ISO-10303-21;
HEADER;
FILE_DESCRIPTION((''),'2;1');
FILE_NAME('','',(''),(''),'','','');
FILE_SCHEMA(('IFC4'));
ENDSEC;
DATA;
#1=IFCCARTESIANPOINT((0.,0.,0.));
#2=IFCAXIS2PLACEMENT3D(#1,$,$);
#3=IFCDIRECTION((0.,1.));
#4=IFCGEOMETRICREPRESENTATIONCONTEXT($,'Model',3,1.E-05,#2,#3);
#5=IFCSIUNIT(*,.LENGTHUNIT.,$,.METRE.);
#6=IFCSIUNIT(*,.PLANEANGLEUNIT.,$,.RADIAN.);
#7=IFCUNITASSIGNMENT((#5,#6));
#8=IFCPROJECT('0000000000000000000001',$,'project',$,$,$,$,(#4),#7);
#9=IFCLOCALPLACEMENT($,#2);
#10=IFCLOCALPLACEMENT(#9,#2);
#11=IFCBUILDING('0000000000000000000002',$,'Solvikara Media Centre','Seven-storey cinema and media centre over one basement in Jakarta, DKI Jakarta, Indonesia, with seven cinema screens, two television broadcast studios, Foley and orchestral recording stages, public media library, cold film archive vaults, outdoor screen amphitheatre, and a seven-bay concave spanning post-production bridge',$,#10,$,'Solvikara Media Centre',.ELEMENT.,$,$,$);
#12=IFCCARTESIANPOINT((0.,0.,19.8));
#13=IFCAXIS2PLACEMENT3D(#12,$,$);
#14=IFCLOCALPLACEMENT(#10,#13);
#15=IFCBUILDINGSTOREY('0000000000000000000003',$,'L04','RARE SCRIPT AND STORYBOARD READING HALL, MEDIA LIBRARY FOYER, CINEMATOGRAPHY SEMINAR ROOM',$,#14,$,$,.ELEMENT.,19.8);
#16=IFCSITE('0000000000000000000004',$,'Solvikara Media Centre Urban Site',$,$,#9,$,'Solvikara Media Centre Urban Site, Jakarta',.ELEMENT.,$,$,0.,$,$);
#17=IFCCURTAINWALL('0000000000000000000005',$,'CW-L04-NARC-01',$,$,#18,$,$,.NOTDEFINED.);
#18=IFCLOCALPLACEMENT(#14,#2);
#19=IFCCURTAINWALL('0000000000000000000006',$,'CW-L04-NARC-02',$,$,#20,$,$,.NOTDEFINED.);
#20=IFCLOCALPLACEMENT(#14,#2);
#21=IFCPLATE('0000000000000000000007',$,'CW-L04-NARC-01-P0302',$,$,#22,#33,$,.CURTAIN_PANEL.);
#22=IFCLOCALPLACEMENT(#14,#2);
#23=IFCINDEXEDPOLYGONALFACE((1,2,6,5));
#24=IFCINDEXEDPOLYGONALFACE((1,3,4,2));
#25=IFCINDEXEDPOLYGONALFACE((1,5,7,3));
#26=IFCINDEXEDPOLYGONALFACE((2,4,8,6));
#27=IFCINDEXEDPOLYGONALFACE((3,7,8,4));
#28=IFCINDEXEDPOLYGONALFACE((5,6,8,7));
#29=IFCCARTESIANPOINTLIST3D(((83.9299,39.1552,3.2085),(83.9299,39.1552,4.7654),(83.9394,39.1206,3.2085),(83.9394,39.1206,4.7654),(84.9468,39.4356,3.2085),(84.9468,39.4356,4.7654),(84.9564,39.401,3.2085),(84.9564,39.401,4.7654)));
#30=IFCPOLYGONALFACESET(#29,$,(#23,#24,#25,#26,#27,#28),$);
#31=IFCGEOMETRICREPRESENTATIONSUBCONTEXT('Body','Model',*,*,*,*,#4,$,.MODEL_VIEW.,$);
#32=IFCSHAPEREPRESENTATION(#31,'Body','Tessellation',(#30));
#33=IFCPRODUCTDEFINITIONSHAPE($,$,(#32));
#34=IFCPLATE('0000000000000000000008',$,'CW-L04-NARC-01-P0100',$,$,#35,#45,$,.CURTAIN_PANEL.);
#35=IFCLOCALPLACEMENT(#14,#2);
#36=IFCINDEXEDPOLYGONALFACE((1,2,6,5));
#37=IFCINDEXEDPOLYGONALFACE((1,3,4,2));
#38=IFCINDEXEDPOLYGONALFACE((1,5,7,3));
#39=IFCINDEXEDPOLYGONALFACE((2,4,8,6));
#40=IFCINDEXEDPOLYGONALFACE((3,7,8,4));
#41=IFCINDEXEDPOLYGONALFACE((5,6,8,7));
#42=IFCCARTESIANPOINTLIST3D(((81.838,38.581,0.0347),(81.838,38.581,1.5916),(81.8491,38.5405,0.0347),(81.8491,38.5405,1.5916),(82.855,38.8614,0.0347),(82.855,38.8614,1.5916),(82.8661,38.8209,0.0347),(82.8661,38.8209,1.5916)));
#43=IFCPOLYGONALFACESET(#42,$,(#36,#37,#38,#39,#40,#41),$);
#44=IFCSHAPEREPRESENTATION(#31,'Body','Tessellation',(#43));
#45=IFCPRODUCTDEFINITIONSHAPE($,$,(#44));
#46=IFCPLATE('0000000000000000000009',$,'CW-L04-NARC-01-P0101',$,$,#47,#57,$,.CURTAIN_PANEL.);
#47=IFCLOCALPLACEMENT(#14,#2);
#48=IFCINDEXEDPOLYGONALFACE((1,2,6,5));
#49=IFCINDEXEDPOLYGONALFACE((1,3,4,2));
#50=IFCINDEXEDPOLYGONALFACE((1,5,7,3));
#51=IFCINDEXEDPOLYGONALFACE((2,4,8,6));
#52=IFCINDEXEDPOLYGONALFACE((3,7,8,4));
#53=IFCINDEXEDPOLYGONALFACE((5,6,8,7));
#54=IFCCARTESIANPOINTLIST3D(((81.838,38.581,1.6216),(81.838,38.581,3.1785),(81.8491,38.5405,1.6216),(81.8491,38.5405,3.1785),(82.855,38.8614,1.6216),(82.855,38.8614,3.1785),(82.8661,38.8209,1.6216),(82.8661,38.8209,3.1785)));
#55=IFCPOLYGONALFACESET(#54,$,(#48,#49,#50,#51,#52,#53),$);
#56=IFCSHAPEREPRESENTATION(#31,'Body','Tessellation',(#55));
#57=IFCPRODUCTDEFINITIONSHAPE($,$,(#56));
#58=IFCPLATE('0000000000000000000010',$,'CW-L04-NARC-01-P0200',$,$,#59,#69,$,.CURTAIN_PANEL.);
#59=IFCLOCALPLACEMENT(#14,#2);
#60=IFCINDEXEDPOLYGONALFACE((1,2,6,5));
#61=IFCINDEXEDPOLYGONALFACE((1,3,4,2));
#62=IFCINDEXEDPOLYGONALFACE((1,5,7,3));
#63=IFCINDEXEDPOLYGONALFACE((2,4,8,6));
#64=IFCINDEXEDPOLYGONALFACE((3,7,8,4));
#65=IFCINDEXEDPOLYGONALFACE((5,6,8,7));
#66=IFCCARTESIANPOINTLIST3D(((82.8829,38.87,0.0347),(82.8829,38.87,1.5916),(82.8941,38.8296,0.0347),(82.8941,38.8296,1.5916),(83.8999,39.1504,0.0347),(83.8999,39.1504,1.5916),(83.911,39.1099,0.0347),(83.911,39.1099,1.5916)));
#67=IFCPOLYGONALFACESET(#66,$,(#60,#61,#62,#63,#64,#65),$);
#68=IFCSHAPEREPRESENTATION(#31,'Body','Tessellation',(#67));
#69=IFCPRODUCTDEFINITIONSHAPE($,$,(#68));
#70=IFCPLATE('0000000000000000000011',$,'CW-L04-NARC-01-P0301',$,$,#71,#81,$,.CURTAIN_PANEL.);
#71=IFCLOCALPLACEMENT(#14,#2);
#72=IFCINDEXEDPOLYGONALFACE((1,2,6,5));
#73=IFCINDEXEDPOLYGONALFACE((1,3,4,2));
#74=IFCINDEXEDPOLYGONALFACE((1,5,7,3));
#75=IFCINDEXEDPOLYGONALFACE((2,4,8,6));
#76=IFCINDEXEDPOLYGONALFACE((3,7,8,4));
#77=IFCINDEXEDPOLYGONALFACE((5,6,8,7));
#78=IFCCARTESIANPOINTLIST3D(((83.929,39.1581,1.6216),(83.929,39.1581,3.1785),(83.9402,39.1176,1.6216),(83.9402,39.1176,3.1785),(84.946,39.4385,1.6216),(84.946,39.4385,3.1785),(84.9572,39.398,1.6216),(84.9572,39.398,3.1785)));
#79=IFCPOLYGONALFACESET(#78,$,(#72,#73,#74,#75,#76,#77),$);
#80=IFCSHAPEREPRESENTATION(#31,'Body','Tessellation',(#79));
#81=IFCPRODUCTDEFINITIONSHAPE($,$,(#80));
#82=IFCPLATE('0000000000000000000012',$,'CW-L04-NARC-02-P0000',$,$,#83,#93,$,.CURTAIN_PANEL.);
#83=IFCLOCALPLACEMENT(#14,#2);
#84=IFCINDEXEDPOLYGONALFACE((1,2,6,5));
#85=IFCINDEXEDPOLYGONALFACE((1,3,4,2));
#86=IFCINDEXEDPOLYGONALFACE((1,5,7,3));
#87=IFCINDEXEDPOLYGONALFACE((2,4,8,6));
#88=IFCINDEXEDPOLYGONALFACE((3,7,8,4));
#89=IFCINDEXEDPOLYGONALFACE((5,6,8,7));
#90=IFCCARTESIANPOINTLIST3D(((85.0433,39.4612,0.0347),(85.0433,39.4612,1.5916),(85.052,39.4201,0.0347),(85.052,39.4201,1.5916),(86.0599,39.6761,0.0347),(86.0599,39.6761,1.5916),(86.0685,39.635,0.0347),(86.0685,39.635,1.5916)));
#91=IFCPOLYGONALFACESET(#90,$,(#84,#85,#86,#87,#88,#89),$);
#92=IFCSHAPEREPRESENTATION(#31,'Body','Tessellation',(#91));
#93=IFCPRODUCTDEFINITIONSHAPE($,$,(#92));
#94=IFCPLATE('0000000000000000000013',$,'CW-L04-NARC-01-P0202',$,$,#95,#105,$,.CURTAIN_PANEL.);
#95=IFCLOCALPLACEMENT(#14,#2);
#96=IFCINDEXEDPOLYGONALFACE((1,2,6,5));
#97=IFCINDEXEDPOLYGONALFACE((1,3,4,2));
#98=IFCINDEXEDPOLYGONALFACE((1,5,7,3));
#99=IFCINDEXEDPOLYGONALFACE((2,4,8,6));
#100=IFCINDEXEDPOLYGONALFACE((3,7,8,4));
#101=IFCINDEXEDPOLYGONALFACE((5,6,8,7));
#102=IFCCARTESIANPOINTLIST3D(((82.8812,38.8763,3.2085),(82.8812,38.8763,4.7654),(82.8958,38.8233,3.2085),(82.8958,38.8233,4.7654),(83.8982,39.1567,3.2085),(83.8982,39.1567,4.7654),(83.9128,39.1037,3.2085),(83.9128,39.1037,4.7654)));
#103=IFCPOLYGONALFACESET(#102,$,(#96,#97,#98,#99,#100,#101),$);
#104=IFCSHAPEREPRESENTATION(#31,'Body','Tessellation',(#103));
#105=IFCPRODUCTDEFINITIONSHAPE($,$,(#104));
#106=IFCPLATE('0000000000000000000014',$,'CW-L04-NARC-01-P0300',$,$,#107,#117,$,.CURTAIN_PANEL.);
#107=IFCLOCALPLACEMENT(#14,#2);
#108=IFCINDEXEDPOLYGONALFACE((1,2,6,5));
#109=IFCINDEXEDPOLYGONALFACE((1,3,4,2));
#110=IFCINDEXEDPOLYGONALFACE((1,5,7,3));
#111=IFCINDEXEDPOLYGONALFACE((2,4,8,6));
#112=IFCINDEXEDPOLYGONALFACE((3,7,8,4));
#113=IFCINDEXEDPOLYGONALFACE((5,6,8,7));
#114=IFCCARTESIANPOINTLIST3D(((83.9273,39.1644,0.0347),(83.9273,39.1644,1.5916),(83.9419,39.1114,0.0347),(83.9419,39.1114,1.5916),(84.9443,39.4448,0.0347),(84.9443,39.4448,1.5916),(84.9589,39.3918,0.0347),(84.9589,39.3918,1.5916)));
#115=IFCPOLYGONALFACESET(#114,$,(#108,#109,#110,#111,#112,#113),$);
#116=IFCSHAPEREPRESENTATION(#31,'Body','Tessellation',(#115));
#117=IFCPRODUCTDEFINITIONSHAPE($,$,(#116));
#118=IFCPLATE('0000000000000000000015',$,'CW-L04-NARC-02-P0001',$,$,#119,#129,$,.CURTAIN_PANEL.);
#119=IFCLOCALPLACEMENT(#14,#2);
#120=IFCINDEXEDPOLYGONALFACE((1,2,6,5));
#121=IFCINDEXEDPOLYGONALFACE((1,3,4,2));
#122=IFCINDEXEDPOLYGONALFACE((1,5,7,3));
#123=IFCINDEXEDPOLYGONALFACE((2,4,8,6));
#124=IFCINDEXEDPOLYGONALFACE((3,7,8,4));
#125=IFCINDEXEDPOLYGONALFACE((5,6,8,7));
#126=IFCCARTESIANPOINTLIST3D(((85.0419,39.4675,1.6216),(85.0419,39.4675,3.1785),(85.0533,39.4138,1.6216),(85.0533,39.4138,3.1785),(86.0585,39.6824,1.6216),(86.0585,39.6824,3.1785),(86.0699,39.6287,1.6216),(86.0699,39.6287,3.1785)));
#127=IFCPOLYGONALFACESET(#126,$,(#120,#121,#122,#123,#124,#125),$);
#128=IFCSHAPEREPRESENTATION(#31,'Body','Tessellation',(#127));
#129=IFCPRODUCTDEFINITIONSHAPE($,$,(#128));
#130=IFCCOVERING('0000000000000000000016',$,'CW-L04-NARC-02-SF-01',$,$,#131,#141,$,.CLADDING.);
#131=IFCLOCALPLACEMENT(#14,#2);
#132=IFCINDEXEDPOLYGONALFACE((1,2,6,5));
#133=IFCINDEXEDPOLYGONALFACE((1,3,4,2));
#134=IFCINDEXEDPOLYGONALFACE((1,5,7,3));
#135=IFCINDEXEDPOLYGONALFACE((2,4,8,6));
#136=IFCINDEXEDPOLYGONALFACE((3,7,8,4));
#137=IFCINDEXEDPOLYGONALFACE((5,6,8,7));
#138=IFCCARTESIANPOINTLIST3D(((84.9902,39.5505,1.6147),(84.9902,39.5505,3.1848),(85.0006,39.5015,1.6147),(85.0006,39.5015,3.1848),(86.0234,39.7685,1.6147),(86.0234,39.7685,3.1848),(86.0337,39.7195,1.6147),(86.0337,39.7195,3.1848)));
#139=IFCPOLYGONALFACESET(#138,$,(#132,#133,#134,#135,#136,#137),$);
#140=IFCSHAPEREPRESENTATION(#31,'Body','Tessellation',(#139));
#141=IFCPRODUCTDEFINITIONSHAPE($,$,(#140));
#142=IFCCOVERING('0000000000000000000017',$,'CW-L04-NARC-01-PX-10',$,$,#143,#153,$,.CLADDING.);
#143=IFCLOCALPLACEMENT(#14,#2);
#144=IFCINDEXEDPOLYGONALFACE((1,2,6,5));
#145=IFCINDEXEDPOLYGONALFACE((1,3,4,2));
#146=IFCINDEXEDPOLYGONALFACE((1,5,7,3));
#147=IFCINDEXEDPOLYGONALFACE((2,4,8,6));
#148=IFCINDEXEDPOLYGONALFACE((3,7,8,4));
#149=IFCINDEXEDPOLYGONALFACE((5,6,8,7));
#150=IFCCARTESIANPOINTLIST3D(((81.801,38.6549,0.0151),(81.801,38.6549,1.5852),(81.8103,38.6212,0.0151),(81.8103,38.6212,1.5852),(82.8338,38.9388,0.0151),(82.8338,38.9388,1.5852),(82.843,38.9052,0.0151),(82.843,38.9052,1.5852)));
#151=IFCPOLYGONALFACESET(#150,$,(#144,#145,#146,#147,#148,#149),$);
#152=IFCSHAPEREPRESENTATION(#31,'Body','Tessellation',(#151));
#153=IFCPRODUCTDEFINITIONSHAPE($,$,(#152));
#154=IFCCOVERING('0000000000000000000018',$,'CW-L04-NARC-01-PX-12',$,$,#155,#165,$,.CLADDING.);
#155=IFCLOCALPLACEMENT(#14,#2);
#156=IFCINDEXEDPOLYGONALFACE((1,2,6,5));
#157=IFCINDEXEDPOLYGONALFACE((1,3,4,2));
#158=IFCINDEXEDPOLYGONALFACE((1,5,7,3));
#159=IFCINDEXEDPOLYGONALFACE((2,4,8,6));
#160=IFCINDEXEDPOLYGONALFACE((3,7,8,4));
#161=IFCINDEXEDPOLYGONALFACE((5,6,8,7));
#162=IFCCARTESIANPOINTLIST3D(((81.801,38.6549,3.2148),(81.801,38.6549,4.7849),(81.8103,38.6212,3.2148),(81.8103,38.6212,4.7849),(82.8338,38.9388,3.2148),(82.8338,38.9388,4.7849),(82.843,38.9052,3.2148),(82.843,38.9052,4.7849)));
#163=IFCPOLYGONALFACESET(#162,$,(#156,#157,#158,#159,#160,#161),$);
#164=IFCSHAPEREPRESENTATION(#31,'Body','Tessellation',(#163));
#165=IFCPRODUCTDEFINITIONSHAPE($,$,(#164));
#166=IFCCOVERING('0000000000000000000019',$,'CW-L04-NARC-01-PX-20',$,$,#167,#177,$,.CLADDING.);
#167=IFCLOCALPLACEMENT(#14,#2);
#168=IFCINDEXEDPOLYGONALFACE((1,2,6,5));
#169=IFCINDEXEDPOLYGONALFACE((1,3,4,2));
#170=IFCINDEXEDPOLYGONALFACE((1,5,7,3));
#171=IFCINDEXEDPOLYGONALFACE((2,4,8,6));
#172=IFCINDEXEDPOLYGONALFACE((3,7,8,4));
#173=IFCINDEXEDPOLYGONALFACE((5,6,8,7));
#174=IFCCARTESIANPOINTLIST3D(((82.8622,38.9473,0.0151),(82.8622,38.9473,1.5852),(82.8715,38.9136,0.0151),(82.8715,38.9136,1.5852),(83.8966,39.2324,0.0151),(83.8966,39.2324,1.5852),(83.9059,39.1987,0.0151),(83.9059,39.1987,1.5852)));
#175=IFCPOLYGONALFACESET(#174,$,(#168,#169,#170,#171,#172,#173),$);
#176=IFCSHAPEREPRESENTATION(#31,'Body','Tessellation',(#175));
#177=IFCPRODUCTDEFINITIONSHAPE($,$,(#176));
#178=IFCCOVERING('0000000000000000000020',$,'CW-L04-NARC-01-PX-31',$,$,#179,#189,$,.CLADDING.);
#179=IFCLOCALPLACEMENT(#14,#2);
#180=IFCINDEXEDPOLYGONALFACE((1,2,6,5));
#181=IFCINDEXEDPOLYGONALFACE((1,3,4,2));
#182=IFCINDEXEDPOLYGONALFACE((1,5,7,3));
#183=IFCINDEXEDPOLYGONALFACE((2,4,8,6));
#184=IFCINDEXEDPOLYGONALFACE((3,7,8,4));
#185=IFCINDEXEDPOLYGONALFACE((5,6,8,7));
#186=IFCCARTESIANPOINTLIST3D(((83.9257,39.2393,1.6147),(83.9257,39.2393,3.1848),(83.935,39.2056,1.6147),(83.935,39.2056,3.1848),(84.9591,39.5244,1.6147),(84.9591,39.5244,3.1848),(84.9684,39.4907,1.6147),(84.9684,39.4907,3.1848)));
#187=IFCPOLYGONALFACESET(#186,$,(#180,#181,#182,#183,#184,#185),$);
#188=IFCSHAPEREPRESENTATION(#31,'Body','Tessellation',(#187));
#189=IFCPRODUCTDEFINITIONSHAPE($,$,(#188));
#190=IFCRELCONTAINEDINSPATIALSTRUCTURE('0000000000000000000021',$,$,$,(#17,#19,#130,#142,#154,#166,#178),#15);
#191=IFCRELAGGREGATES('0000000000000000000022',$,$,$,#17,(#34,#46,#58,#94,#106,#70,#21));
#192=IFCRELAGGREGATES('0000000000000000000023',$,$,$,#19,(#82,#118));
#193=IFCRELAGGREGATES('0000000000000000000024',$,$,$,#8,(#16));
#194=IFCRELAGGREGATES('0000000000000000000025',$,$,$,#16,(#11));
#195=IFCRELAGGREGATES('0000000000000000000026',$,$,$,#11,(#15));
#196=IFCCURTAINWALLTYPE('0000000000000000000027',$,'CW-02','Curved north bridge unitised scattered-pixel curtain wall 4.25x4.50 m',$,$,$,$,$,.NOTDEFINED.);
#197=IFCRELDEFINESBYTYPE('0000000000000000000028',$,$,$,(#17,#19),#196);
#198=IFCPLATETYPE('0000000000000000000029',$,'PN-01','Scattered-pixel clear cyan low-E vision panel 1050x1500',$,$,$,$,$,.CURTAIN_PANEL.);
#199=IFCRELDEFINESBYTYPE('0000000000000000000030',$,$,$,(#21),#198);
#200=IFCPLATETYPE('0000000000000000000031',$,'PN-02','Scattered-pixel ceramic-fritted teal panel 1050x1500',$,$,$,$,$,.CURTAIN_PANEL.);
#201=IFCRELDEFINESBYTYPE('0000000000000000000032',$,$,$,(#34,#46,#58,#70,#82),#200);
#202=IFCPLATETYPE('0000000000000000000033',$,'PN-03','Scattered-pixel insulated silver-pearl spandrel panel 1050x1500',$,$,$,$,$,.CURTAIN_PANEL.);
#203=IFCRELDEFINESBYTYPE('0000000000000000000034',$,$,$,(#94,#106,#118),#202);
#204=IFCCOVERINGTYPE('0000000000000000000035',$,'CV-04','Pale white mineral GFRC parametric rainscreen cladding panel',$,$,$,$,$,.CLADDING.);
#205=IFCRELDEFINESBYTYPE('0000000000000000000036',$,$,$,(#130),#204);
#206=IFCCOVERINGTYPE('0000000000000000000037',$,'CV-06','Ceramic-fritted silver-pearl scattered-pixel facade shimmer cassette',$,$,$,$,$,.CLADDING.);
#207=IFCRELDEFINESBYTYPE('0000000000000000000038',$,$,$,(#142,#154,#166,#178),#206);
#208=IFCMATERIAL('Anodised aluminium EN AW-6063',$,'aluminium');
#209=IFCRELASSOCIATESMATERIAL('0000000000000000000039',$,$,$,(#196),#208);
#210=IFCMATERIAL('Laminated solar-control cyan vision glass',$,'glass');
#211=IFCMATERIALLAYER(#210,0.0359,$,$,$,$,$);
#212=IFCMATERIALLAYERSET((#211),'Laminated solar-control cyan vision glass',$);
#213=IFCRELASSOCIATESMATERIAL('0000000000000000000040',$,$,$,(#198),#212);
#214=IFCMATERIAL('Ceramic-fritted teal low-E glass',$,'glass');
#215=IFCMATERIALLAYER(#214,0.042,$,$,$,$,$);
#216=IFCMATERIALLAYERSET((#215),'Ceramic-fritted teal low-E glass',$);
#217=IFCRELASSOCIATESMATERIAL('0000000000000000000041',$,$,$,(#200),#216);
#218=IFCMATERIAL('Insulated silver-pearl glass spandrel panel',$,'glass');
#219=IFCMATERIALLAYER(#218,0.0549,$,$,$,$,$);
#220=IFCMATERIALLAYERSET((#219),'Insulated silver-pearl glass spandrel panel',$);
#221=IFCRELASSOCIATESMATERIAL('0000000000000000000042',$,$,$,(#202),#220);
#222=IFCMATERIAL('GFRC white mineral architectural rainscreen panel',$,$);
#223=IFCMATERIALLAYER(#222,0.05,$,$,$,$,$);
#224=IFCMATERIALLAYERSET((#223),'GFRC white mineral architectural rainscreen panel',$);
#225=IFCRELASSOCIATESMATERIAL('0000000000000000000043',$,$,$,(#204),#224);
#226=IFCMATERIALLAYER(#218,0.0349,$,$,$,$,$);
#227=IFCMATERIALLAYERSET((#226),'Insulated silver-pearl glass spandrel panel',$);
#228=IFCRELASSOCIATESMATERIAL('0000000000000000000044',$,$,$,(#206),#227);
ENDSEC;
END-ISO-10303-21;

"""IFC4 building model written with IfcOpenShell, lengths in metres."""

from ifc_helpers import new_model, si_unit, direction, frame, origin, origin_2d, place, context, subcontext, project, spatial, rectangle, extrude, material, layer, layer_set, type_object, element, aggregate, save


model = new_model("IFC4")

# Units and contexts
model_context = context("Model", 3, precision=1e-05, world=origin(), true_north=direction((0.0, 1.0)))
body_context = subcontext(model_context, "Body", "Model", "MODEL_VIEW")
ifc_project = project(units=[si_unit("LENGTHUNIT", "METRE"), si_unit("PLANEANGLEUNIT", "RADIAN")], contexts=[model_context])

# Site, building, storey
site_placement = place(None, origin())
site = spatial("IfcSite", under=ifc_project, at=site_placement, Name="Solvikara Media Centre Urban Site", LongName="Solvikara Media Centre Urban Site, Jakarta", CompositionType="ELEMENT", RefElevation=0.0)
building_placement = place(site_placement, origin())
building = spatial("IfcBuilding", under=site, at=building_placement, Name="Solvikara Media Centre", Description="Seven-storey cinema and media centre over one basement in Jakarta, DKI Jakarta, Indonesia, with seven cinema screens, two television broadcast studios, Foley and orchestral recording stages, public media library, cold film archive vaults, outdoor screen amphitheatre, and a seven-bay concave spanning post-production bridge", LongName="Solvikara Media Centre", CompositionType="ELEMENT")
storey_placement = place(building_placement, frame((0.0, 0.0, 19.8)))
storey = spatial("IfcBuildingStorey", under=building, at=storey_placement, Name="L04", Description="RARE SCRIPT AND STORYBOARD READING HALL, MEDIA LIBRARY FOYER, CINEMATOGRAPHY SEMINAR ROOM", CompositionType="ELEMENT", Elevation=19.8)

# Curtain walls
ifc_material_1 = material(Name="Anodised aluminium EN AW-6063", Category="aluminium")
curtain_wall_type = type_object("IfcCurtainWallType", Name="CW-02", Description="Curved north bridge unitised scattered-pixel curtain wall 4.25x4.50 m", PredefinedType="NOTDEFINED", material=ifc_material_1)
curtain_wall_1_placement = place(storey_placement, origin())
curtain_wall_1 = element("IfcCurtainWall", 1, at=curtain_wall_1_placement, inside=storey, type_object=curtain_wall_type, Name="CW-L04-NARC-01", PredefinedType="NOTDEFINED")
curtain_wall_2_placement = place(storey_placement, origin())
curtain_wall_2 = element("IfcCurtainWall", 2, at=curtain_wall_2_placement, inside=storey, type_object=curtain_wall_type, Name="CW-L04-NARC-02", PredefinedType="NOTDEFINED")

# Plates
ifc_material_2 = material(Name="Laminated solar-control cyan vision glass", Category="glass")
ifc_layer_1 = layer(ifc_material_2, 0.0359)
ifc_layer_set_1 = layer_set([ifc_layer_1], Name="Laminated solar-control cyan vision glass")
plate_type_1 = type_object("IfcPlateType", Name="PN-01", Description="Scattered-pixel clear cyan low-E vision panel 1050x1500", PredefinedType="CURTAIN_PANEL", material=ifc_layer_set_1)
plate_1_placement = place(storey_placement, frame((84.4431, 39.2781, 3.2085), z_axis=(0.0, 0.0, 1.0), x_axis=(0.96403, 0.265792, 0.0)))
plate_1 = element("IfcPlate", 3, at=plate_1_placement, type_object=plate_type_1, Name="CW-L04-NARC-01-P0302", PredefinedType="CURTAIN_PANEL", context=body_context, shape_type="SweptSolid", body=[
    extrude(rectangle(XDim=1.0549, YDim=0.0359, at=origin_2d()), origin(), (0.0, 0.0, 1.0), 1.5569),
])
ifc_material_3 = material(Name="Ceramic-fritted teal low-E glass", Category="glass")
ifc_layer_2 = layer(ifc_material_3, 0.042)
ifc_layer_set_2 = layer_set([ifc_layer_2], Name="Ceramic-fritted teal low-E glass")
plate_type_2 = type_object("IfcPlateType", Name="PN-02", Description="Scattered-pixel ceramic-fritted teal panel 1050x1500", PredefinedType="CURTAIN_PANEL", material=ifc_layer_set_2)
plate_2_placement = place(storey_placement, frame((82.3521, 38.7009, 0.0347), z_axis=(0.0, 0.0, 1.0), x_axis=(0.96403, 0.265792, 0.0)))
plate_2 = element("IfcPlate", 4, at=plate_2_placement, type_object=plate_type_2, Name="CW-L04-NARC-01-P0100", PredefinedType="CURTAIN_PANEL", context=body_context, shape_type="SweptSolid", body=[
    extrude(rectangle(XDim=1.0549, YDim=0.042, at=origin_2d()), origin(), (0.0, 0.0, 1.0), 1.5569),
])
plate_3_placement = place(storey_placement, frame((82.3521, 38.7009, 1.6216), z_axis=(0.0, 0.0, 1.0), x_axis=(0.96403, 0.265792, 0.0)))
plate_3 = element("IfcPlate", 5, at=plate_3_placement, type_object=plate_type_2, Name="CW-L04-NARC-01-P0101", PredefinedType="CURTAIN_PANEL", context=body_context, shape_type="SweptSolid", body=[
    extrude(rectangle(XDim=1.0549, YDim=0.042, at=origin_2d()), origin(), (0.0, 0.0, 1.0), 1.5569),
])
plate_4_placement = place(storey_placement, frame((83.397, 38.99, 0.0347), z_axis=(0.0, 0.0, 1.0), x_axis=(0.96403, 0.265792, 0.0)))
plate_4 = element("IfcPlate", 6, at=plate_4_placement, type_object=plate_type_2, Name="CW-L04-NARC-01-P0200", PredefinedType="CURTAIN_PANEL", context=body_context, shape_type="SweptSolid", body=[
    extrude(rectangle(XDim=1.0549, YDim=0.042, at=origin_2d()), origin(), (0.0, 0.0, 1.0), 1.5569),
])
plate_5_placement = place(storey_placement, frame((84.4431, 39.2781, 1.6216), z_axis=(0.0, 0.0, 1.0), x_axis=(0.96403, 0.265792, 0.0)))
plate_5 = element("IfcPlate", 7, at=plate_5_placement, type_object=plate_type_2, Name="CW-L04-NARC-01-P0301", PredefinedType="CURTAIN_PANEL", context=body_context, shape_type="SweptSolid", body=[
    extrude(rectangle(XDim=1.0549, YDim=0.042, at=origin_2d()), origin(), (0.0, 0.0, 1.0), 1.5569),
])
plate_6_placement = place(storey_placement, frame((85.5559, 39.5481, 0.0347), z_axis=(0.0, 0.0, 1.0), x_axis=(0.978379, 0.206819, 0.0)))
plate_6 = element("IfcPlate", 8, at=plate_6_placement, type_object=plate_type_2, Name="CW-L04-NARC-02-P0000", PredefinedType="CURTAIN_PANEL", context=body_context, shape_type="SweptSolid", body=[
    extrude(rectangle(XDim=1.0391, YDim=0.042, at=origin_2d()), origin(), (0.0, 0.0, 1.0), 1.5569),
])
ifc_material_4 = material(Name="Insulated silver-pearl glass spandrel panel", Category="glass")
ifc_layer_3 = layer(ifc_material_4, 0.0549)
ifc_layer_set_3 = layer_set([ifc_layer_3], Name="Insulated silver-pearl glass spandrel panel")
plate_type_3 = type_object("IfcPlateType", Name="PN-03", Description="Scattered-pixel insulated silver-pearl spandrel panel 1050x1500", PredefinedType="CURTAIN_PANEL", material=ifc_layer_set_3)
plate_7_placement = place(storey_placement, frame((83.397, 38.99, 3.2085), z_axis=(0.0, 0.0, 1.0), x_axis=(0.96403, 0.265792, 0.0)))
plate_7 = element("IfcPlate", 9, at=plate_7_placement, type_object=plate_type_3, Name="CW-L04-NARC-01-P0202", PredefinedType="CURTAIN_PANEL", context=body_context, shape_type="SweptSolid", body=[
    extrude(rectangle(XDim=1.0549, YDim=0.0549, at=origin_2d()), origin(), (0.0, 0.0, 1.0), 1.5569),
])
plate_8_placement = place(storey_placement, frame((84.4431, 39.2781, 0.0347), z_axis=(0.0, 0.0, 1.0), x_axis=(0.96403, 0.265792, 0.0)))
plate_8 = element("IfcPlate", 10, at=plate_8_placement, type_object=plate_type_3, Name="CW-L04-NARC-01-P0300", PredefinedType="CURTAIN_PANEL", context=body_context, shape_type="SweptSolid", body=[
    extrude(rectangle(XDim=1.0549, YDim=0.0549, at=origin_2d()), origin(), (0.0, 0.0, 1.0), 1.5569),
])
aggregate(curtain_wall_1, [plate_2, plate_3, plate_4, plate_7, plate_8, plate_5, plate_1])
plate_9_placement = place(storey_placement, frame((85.5559, 39.5481, 1.6216), z_axis=(0.0, 0.0, 1.0), x_axis=(0.978379, 0.206819, 0.0)))
plate_9 = element("IfcPlate", 11, at=plate_9_placement, type_object=plate_type_3, Name="CW-L04-NARC-02-P0001", PredefinedType="CURTAIN_PANEL", context=body_context, shape_type="SweptSolid", body=[
    extrude(rectangle(XDim=1.0391, YDim=0.0549, at=origin_2d()), origin(), (0.0, 0.0, 1.0), 1.5569),
])
aggregate(curtain_wall_2, [plate_6, plate_9])

# Coverings
ifc_material_5 = material(Name="GFRC white mineral architectural rainscreen panel")
ifc_layer_4 = layer(ifc_material_5, 0.05)
ifc_layer_set_4 = layer_set([ifc_layer_4], Name="GFRC white mineral architectural rainscreen panel")
covering_type_1 = type_object("IfcCoveringType", Name="CV-04", Description="Pale white mineral GFRC parametric rainscreen cladding panel", PredefinedType="CLADDING", material=ifc_layer_set_4)
covering_1_placement = place(storey_placement, frame((85.512, 39.635, 1.6147), z_axis=(0.0, 0.0, 1.0), x_axis=(0.978448, 0.206495, 0.0)))
element("IfcCovering", 12, at=covering_1_placement, inside=storey, type_object=covering_type_1, Name="CW-L04-NARC-02-SF-01", PredefinedType="CLADDING", context=body_context, shape_type="SweptSolid", body=[
    extrude(rectangle(XDim=1.0559, YDim=0.05, at=origin_2d()), origin(), (0.0, 0.0, 1.0), 1.5701),
])
ifc_layer_5 = layer(ifc_material_4, 0.0349)
ifc_layer_set_5 = layer_set([ifc_layer_5], Name="Insulated silver-pearl glass spandrel panel")
covering_type_2 = type_object("IfcCoveringType", Name="CV-06", Description="Ceramic-fritted silver-pearl scattered-pixel facade shimmer cassette", PredefinedType="CLADDING", material=ifc_layer_set_5)
for number, where, z_axis, x_axis, name in (
    (13, (82.322, 38.78, 0.0151), (0.0, 0.0, 1.0), (0.964225, 0.265085, 0.0), "CW-L04-NARC-01-PX-10"),
    (14, (82.322, 38.78, 3.2148), (0.0, 0.0, 1.0), (0.964225, 0.265085, 0.0), "CW-L04-NARC-01-PX-12"),
):
    element("IfcCovering", number, at=place(storey_placement, frame(where, z_axis=z_axis, x_axis=x_axis)), inside=storey, type_object=covering_type_2, Name=name, PredefinedType="CLADDING", context=body_context, shape_type="SweptSolid", body=[
        extrude(rectangle(XDim=1.071, YDim=0.0349, at=origin_2d()), origin(), (0.0, 0.0, 1.0), 1.5701),
    ])
covering_2_placement = place(storey_placement, frame((83.384, 39.073, 0.0151), z_axis=(0.0, 0.0, 1.0), x_axis=(0.964049, 0.265724, 0.0)))
element("IfcCovering", 15, at=covering_2_placement, inside=storey, type_object=covering_type_2, Name="CW-L04-NARC-01-PX-20", PredefinedType="CLADDING", context=body_context, shape_type="SweptSolid", body=[
    extrude(rectangle(XDim=1.073, YDim=0.0349, at=origin_2d()), origin(), (0.0, 0.0, 1.0), 1.5701),
])
covering_3_placement = place(storey_placement, frame((84.447, 39.365, 1.6147), z_axis=(0.0, 0.0, 1.0), x_axis=(0.963984, 0.26596, 0.0)))
element("IfcCovering", 16, at=covering_3_placement, inside=storey, type_object=covering_type_2, Name="CW-L04-NARC-01-PX-31", PredefinedType="CLADDING", context=body_context, shape_type="SweptSolid", body=[
    extrude(rectangle(XDim=1.072, YDim=0.0349, at=origin_2d()), origin(), (0.0, 0.0, 1.0), 1.5701),
])

save(model, "model.ifc")
